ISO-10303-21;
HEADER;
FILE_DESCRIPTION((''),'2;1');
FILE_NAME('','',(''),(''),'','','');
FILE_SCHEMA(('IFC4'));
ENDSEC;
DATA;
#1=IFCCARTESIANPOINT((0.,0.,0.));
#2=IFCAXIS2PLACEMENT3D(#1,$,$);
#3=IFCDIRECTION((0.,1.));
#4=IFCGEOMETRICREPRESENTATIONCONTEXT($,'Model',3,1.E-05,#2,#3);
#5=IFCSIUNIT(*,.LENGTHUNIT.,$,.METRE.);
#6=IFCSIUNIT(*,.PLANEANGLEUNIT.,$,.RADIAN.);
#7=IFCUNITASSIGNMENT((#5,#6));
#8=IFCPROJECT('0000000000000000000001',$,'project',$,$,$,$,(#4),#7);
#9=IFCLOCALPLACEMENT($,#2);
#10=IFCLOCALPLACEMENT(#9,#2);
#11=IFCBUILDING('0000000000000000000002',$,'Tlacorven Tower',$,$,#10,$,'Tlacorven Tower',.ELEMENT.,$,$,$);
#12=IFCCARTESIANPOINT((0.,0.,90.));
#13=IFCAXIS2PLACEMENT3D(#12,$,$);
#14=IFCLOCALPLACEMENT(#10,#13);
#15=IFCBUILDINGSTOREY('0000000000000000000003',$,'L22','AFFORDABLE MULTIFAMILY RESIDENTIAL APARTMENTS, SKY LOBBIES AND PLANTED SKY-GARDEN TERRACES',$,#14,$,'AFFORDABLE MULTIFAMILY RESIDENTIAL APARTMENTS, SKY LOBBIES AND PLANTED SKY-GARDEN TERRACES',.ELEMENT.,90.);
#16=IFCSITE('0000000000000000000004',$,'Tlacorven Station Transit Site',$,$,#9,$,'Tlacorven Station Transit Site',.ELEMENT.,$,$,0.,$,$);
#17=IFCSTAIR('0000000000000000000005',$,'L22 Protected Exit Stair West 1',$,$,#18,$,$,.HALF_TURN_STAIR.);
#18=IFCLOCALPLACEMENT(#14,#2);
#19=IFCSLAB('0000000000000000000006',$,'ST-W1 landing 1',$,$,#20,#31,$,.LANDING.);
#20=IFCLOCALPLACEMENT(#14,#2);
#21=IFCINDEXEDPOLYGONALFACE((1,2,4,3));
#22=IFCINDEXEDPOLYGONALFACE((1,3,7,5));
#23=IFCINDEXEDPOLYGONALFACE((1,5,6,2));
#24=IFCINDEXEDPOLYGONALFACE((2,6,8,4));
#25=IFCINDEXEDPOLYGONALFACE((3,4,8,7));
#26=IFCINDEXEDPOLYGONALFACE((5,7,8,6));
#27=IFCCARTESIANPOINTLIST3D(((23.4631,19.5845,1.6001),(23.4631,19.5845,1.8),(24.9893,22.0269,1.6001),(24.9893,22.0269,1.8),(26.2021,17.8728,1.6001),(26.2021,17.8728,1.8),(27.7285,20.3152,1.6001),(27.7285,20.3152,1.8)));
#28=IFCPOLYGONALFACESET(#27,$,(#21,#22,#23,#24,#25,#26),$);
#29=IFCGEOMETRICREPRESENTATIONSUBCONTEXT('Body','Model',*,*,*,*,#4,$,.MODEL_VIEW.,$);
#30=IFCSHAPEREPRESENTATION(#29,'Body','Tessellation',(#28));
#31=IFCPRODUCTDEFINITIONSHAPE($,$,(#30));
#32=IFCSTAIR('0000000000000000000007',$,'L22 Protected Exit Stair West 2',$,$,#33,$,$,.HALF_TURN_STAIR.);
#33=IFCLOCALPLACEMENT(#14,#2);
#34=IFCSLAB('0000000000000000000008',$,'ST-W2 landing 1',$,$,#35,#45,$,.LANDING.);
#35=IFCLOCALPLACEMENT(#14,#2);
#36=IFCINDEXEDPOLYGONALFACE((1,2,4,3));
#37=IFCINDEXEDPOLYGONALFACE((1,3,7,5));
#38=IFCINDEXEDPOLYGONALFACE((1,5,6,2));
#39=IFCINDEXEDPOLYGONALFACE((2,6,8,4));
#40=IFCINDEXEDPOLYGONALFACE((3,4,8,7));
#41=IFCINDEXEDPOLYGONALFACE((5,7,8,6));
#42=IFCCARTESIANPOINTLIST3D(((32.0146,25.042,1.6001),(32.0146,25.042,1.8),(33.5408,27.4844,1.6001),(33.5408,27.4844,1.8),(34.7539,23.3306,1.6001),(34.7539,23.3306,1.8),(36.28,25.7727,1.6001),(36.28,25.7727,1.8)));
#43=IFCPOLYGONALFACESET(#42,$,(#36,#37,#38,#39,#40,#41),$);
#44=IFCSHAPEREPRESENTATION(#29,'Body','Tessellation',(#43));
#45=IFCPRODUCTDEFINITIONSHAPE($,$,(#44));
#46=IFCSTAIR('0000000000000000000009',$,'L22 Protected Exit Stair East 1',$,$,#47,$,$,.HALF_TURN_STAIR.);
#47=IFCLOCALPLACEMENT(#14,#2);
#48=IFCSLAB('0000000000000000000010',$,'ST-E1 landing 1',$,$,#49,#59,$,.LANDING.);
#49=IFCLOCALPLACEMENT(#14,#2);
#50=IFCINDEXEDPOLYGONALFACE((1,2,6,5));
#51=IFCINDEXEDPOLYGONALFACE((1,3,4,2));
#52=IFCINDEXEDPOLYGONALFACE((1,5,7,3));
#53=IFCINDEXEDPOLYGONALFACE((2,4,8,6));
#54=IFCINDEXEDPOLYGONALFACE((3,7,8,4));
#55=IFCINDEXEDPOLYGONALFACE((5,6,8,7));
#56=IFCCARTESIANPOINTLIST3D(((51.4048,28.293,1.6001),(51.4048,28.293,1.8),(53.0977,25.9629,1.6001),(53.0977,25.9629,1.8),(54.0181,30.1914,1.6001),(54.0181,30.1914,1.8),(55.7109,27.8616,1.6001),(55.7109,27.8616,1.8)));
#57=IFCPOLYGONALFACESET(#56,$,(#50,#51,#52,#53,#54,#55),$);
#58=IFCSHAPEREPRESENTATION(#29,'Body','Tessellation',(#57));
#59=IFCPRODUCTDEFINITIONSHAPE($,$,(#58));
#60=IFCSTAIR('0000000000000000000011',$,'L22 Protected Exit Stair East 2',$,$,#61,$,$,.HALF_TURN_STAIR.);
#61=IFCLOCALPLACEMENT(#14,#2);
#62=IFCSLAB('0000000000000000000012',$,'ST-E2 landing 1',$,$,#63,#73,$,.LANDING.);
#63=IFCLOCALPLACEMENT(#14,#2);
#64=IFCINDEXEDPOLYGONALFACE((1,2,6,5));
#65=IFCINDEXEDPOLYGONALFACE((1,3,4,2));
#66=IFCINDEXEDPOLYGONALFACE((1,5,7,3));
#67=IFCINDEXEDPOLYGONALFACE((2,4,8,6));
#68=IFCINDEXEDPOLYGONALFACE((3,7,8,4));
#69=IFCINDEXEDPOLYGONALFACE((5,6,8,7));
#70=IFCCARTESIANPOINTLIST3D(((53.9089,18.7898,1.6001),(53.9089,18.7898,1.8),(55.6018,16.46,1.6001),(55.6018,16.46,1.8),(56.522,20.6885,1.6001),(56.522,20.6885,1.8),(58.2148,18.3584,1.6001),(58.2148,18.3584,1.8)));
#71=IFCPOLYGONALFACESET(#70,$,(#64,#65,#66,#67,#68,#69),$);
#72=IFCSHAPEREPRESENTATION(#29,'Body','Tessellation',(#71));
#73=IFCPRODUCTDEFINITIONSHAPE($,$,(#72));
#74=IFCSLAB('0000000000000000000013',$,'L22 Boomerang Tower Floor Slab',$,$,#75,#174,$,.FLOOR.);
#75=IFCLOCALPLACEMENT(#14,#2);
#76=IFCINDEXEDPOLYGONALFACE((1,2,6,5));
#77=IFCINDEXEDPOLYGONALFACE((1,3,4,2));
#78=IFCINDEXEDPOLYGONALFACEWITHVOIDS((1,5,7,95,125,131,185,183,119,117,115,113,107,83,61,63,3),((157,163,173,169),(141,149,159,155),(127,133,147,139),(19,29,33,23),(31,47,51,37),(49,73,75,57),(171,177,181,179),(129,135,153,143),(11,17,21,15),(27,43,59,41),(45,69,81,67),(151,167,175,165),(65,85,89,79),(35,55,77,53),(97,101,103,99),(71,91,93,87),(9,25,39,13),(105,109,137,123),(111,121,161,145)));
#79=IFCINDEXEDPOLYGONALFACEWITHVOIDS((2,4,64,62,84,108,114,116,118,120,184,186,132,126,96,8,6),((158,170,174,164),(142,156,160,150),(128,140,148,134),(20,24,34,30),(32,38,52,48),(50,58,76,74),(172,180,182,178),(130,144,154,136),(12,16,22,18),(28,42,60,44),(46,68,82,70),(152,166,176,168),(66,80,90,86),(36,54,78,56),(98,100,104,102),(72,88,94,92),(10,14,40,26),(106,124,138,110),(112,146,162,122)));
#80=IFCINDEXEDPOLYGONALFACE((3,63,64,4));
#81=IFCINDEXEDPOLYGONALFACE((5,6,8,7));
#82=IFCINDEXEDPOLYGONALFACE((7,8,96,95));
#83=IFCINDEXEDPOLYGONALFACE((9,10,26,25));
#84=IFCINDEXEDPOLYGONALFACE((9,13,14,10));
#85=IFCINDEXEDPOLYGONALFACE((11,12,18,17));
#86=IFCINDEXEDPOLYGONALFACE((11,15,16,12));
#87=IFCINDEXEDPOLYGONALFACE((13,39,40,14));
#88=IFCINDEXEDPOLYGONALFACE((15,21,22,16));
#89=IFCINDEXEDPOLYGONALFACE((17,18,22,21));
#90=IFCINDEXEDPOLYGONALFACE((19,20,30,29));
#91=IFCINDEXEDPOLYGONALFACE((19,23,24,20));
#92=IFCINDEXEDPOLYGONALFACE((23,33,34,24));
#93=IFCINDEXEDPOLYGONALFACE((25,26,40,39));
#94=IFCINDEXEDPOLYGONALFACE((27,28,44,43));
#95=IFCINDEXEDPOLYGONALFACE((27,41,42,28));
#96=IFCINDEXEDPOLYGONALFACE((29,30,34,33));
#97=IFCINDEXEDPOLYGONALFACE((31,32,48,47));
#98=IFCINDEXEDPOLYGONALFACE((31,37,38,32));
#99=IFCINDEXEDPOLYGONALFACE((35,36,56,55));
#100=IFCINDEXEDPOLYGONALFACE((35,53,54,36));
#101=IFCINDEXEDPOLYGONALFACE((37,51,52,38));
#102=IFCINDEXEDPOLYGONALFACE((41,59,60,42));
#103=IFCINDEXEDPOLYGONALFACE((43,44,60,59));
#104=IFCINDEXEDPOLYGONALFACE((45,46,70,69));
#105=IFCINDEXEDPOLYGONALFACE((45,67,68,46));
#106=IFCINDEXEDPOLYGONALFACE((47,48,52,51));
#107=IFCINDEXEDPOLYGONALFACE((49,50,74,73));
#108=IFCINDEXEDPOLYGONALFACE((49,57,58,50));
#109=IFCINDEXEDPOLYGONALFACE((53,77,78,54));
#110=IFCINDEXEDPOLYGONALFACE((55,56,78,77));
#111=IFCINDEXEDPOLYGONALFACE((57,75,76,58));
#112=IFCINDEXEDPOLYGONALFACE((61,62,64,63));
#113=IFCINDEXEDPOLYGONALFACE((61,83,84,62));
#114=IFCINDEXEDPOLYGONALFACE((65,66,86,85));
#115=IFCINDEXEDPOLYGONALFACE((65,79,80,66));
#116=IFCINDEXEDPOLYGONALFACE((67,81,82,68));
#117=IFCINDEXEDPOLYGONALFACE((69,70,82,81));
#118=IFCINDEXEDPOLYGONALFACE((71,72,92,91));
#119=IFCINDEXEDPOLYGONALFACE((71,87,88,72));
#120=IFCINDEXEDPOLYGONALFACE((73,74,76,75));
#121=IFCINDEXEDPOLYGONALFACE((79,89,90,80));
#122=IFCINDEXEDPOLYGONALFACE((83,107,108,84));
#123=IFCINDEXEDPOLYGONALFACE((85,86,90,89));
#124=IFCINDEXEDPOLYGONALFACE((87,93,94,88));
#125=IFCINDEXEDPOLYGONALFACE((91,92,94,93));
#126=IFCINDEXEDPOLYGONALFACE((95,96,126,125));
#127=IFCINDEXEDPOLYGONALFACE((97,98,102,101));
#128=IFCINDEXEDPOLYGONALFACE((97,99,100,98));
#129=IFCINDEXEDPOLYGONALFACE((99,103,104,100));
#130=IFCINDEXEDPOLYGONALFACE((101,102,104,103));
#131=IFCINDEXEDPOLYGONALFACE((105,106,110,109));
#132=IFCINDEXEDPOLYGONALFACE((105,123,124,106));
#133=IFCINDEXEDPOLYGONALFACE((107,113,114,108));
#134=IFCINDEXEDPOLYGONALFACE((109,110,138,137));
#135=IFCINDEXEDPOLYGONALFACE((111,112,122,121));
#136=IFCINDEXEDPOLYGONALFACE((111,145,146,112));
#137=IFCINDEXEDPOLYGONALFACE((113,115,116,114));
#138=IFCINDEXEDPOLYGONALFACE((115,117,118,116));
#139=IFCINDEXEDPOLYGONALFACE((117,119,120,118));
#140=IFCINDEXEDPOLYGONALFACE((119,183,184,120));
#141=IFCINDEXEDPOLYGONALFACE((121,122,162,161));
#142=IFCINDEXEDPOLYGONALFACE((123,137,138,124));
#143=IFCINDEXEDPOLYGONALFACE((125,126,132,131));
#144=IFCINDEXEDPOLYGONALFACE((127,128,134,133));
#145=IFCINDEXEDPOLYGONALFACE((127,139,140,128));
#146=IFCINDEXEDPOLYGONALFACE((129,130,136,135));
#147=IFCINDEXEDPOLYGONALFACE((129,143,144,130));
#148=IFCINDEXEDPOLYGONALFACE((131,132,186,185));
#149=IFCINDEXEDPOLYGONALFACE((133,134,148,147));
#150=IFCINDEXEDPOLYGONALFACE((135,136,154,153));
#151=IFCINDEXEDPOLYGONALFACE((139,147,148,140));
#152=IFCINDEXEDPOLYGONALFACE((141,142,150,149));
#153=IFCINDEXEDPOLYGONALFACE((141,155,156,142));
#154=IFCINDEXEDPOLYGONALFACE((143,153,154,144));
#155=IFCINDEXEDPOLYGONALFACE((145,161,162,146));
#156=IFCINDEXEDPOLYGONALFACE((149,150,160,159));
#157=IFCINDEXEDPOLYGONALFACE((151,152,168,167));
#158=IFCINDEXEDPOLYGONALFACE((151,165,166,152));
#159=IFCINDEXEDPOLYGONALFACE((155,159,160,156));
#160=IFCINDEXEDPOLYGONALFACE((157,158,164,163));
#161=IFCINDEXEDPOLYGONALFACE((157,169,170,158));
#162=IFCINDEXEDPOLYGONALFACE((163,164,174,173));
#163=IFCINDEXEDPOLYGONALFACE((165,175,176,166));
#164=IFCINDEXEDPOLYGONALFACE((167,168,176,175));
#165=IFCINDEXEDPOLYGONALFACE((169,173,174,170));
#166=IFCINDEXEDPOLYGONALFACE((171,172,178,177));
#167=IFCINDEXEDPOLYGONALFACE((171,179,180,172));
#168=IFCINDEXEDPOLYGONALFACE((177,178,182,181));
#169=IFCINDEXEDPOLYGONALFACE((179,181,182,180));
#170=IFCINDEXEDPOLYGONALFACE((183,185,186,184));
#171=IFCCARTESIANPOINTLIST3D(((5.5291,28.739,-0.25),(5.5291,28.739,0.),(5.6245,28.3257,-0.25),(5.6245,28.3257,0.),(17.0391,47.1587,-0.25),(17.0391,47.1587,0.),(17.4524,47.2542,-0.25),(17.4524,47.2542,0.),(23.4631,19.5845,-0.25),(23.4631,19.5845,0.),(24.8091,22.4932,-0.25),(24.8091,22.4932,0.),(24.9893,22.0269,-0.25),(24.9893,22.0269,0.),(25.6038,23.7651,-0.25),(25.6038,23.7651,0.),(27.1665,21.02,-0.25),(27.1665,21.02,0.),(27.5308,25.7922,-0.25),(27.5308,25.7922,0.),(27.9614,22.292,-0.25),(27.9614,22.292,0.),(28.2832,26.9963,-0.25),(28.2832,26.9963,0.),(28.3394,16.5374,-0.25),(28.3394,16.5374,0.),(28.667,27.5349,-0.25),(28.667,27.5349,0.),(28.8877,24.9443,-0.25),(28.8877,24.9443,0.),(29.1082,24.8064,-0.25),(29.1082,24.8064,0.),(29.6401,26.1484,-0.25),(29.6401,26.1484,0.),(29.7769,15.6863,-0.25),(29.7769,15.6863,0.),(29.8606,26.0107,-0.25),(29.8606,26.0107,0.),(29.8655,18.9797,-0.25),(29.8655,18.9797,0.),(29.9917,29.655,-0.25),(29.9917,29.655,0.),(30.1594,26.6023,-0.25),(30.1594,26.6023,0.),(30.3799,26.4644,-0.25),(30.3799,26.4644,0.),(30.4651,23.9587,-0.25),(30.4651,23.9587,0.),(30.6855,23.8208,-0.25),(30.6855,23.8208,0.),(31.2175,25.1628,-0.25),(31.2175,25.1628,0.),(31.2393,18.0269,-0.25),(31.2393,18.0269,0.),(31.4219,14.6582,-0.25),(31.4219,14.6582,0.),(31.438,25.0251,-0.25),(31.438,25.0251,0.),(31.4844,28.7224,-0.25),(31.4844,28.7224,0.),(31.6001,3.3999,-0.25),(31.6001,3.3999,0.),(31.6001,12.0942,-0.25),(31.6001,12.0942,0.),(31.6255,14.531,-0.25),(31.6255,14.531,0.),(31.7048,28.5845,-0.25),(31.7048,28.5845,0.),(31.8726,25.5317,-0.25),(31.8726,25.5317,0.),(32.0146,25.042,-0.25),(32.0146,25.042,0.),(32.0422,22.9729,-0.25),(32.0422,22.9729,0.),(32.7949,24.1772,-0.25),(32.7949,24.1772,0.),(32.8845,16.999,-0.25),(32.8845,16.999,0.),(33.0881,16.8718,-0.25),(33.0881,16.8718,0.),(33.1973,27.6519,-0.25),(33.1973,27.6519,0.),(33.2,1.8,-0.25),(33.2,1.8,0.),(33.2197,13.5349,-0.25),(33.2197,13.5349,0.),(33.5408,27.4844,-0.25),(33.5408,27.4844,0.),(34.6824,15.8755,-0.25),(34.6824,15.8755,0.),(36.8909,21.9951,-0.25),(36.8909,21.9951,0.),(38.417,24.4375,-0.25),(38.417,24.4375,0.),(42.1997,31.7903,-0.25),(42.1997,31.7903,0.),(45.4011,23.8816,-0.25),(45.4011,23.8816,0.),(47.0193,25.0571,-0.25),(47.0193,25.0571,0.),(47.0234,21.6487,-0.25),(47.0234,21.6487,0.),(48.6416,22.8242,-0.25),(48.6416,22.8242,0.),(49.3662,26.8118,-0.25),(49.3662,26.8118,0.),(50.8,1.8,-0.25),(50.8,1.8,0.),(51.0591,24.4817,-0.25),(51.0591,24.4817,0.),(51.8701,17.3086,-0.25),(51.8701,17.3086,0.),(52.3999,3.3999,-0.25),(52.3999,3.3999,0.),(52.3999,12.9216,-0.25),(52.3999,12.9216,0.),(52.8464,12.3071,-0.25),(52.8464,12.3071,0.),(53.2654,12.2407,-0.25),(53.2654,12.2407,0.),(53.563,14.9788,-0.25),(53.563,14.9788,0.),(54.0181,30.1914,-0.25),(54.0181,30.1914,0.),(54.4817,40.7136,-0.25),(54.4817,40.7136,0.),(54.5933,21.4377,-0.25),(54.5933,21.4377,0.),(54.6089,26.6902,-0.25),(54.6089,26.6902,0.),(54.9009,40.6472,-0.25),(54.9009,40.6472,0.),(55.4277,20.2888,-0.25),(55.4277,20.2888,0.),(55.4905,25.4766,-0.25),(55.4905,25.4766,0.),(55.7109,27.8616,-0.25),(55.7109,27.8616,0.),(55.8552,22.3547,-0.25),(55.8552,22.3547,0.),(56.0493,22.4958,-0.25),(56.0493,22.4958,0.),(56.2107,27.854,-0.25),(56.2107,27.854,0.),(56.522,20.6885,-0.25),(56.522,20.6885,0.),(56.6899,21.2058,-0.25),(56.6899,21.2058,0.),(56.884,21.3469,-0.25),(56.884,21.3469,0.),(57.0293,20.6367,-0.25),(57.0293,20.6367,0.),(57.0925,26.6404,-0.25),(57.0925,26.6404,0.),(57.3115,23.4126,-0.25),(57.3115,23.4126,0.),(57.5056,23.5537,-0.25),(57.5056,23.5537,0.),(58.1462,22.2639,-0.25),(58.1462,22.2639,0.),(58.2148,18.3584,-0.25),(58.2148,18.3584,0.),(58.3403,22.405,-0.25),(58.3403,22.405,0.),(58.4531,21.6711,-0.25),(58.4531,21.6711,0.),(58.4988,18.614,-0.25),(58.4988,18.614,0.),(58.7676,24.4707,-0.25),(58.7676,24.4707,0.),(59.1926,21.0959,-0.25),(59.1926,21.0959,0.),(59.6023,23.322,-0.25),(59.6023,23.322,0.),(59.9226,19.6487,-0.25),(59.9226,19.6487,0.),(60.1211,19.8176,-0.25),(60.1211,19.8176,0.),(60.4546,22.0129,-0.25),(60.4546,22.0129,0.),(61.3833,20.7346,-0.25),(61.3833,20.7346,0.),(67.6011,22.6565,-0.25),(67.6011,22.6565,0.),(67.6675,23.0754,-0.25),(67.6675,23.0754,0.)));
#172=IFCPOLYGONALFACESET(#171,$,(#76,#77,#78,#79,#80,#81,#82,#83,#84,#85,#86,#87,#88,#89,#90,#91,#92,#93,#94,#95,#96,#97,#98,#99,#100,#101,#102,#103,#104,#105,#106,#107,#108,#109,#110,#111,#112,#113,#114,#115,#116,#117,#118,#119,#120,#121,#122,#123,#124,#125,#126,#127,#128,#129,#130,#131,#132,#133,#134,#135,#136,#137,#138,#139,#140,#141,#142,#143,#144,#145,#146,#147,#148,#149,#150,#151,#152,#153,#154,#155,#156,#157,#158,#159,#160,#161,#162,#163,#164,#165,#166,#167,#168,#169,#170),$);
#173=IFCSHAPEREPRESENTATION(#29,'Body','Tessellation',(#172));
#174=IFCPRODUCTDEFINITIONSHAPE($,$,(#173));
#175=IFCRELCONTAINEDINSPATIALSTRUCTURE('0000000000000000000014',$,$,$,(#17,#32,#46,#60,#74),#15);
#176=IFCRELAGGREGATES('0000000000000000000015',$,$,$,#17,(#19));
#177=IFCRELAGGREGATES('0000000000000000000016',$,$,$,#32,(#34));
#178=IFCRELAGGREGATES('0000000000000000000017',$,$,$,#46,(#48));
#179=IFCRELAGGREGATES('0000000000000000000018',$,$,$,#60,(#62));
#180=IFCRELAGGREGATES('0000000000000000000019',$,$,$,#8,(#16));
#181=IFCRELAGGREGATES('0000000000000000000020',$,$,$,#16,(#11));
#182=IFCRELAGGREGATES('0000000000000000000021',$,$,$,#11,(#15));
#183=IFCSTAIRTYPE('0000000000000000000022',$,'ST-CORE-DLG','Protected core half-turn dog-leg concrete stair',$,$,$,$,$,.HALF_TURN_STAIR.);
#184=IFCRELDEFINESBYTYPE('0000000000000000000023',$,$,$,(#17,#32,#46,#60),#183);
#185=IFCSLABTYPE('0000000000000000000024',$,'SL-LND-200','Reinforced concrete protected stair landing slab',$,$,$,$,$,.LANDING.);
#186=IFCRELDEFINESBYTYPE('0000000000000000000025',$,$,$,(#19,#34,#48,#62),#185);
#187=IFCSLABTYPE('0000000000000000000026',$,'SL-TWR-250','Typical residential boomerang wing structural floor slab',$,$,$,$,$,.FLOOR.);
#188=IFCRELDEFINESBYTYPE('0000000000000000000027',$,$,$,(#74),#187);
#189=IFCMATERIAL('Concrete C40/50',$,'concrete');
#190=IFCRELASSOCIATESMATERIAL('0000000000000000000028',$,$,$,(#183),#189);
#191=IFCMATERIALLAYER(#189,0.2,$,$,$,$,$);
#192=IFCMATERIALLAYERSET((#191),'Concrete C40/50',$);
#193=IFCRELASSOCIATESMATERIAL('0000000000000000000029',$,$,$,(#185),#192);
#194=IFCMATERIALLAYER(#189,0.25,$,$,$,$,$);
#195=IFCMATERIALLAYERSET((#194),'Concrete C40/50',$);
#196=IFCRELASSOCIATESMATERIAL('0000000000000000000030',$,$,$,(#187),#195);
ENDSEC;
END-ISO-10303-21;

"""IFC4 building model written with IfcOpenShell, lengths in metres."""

from ifc_helpers import new_model, si_unit, direction, frame, origin, place, context, subcontext, project, spatial, polyline, outline, extrude, material, layer, layer_set, type_object, element, aggregate, save


model = new_model("IFC4")

# Units and contexts
model_context = context("Model", 3, precision=1e-05, world=origin(), true_north=direction((0.0, 1.0)))
body_context = subcontext(model_context, "Body", "Model", "MODEL_VIEW")
ifc_project = project(units=[si_unit("LENGTHUNIT", "METRE"), si_unit("PLANEANGLEUNIT", "RADIAN")], contexts=[model_context])

# Site, building, storey
site_placement = place(None, origin())
site = spatial("IfcSite", under=ifc_project, at=site_placement, Name="Tlacorven Station Transit Site", LongName="Tlacorven Station Transit Site", CompositionType="ELEMENT", RefElevation=0.0)
building_placement = place(site_placement, origin())
building = spatial("IfcBuilding", under=site, at=building_placement, Name="Tlacorven Tower", LongName="Tlacorven Tower", CompositionType="ELEMENT")
storey_placement = place(building_placement, frame((0.0, 0.0, 90.0)))
storey = spatial("IfcBuildingStorey", under=building, at=storey_placement, Name="L22", Description="AFFORDABLE MULTIFAMILY RESIDENTIAL APARTMENTS, SKY LOBBIES AND PLANTED SKY-GARDEN TERRACES", LongName="AFFORDABLE MULTIFAMILY RESIDENTIAL APARTMENTS, SKY LOBBIES AND PLANTED SKY-GARDEN TERRACES", CompositionType="ELEMENT", Elevation=90.0)

# Stairs, slabs
ifc_material_1 = material(Name="Concrete C40/50", Category="concrete")
stair_type = type_object("IfcStairType", Name="ST-CORE-DLG", Description="Protected core half-turn dog-leg concrete stair", PredefinedType="HALF_TURN_STAIR", material=ifc_material_1)
stair_1_placement = place(storey_placement, origin())
stair_1 = element("IfcStair", 1, at=stair_1_placement, inside=storey, type_object=stair_type, Name="L22 Protected Exit Stair West 1", PredefinedType="HALF_TURN_STAIR")
ifc_layer_1 = layer(ifc_material_1, 0.2)
ifc_layer_set_1 = layer_set([ifc_layer_1], Name="Concrete C40/50")
slab_type_1 = type_object("IfcSlabType", Name="SL-LND-200", Description="Reinforced concrete protected stair landing slab", PredefinedType="LANDING", material=ifc_layer_set_1)
slab_1_placement = place(storey_placement, frame((0.0, 0.0, 1.6001)))
slab_1 = element("IfcSlab", 2, at=slab_1_placement, type_object=slab_type_1, Name="ST-W1 landing 1", PredefinedType="LANDING", context=body_context, shape_type="SweptSolid", body=[
    extrude(outline(polyline([(27.7285, 20.3152), (24.9893, 22.0269), (23.4631, 19.5845), (26.2021, 17.8728), (27.7285, 20.3152)])), origin(), (0.0, 0.0, 1.0), 0.2),
])
aggregate(stair_1, [slab_1])
stair_2_placement = place(storey_placement, origin())
stair_2 = element("IfcStair", 3, at=stair_2_placement, inside=storey, type_object=stair_type, Name="L22 Protected Exit Stair West 2", PredefinedType="HALF_TURN_STAIR")
slab_2_placement = place(storey_placement, frame((0.0, 0.0, 1.6001)))
slab_2 = element("IfcSlab", 4, at=slab_2_placement, type_object=slab_type_1, Name="ST-W2 landing 1", PredefinedType="LANDING", context=body_context, shape_type="SweptSolid", body=[
    extrude(outline(polyline([(36.28, 25.7727), (33.5408, 27.4844), (32.0146, 25.042), (34.7539, 23.3306), (36.28, 25.7727)])), origin(), (0.0, 0.0, 1.0), 0.2),
])
aggregate(stair_2, [slab_2])
stair_3_placement = place(storey_placement, origin())
stair_3 = element("IfcStair", 5, at=stair_3_placement, inside=storey, type_object=stair_type, Name="L22 Protected Exit Stair East 1", PredefinedType="HALF_TURN_STAIR")
slab_3_placement = place(storey_placement, frame((0.0, 0.0, 1.6001)))
slab_3 = element("IfcSlab", 6, at=slab_3_placement, type_object=slab_type_1, Name="ST-E1 landing 1", PredefinedType="LANDING", context=body_context, shape_type="SweptSolid", body=[
    extrude(outline(polyline([(53.0977, 25.9629), (55.7109, 27.8616), (54.0181, 30.1914), (51.4048, 28.293), (53.0977, 25.9629)])), origin(), (0.0, 0.0, 1.0), 0.2),
])
aggregate(stair_3, [slab_3])
stair_4_placement = place(storey_placement, origin())
stair_4 = element("IfcStair", 7, at=stair_4_placement, inside=storey, type_object=stair_type, Name="L22 Protected Exit Stair East 2", PredefinedType="HALF_TURN_STAIR")
slab_4_placement = place(storey_placement, frame((0.0, 0.0, 1.6001)))
slab_4 = element("IfcSlab", 8, at=slab_4_placement, type_object=slab_type_1, Name="ST-E2 landing 1", PredefinedType="LANDING", context=body_context, shape_type="SweptSolid", body=[
    extrude(outline(polyline([(55.6018, 16.46), (58.2148, 18.3584), (56.522, 20.6885), (53.9089, 18.7898), (55.6018, 16.46)])), origin(), (0.0, 0.0, 1.0), 0.2),
])
aggregate(stair_4, [slab_4])

# Slab
ifc_layer_2 = layer(ifc_material_1, 0.25)
ifc_layer_set_2 = layer_set([ifc_layer_2], Name="Concrete C40/50")
slab_type_2 = type_object("IfcSlabType", Name="SL-TWR-250", Description="Typical residential boomerang wing structural floor slab", PredefinedType="FLOOR", material=ifc_layer_set_2)
slab_5_placement = place(storey_placement, frame((0.0, 0.0, -0.25)))
element("IfcSlab", 9, at=slab_5_placement, inside=storey, type_object=slab_type_2, Name="L22 Boomerang Tower Floor Slab", PredefinedType="FLOOR", context=body_context, shape_type="SweptSolid", body=[
    extrude(outline(polyline([(52.3999, 3.3999), (50.8, 1.8), (33.2, 1.8), (31.6001, 3.3999), (31.6001, 12.0942), (5.6245, 28.3257), (5.5291, 28.739), (17.0391, 47.1587), (17.4524, 47.2542), (42.1997, 31.7903), (54.4817, 40.7136), (54.9009, 40.6472), (67.6675, 23.0754), (67.6011, 22.6565), (53.2654, 12.2407), (52.8464, 12.3071), (52.3999, 12.9216), (52.3999, 3.3999)]), holes=[polyline([(29.8655, 18.9797), (24.9893, 22.0269), (23.4631, 19.5845), (28.3394, 16.5374), (29.8655, 18.9797)]), polyline([(38.417, 24.4375), (33.5408, 27.4844), (32.0146, 25.042), (36.8909, 21.9951), (38.417, 24.4375)]), polyline([(51.0591, 24.4817), (55.7109, 27.8616), (54.0181, 30.1914), (49.3662, 26.8118), (51.0591, 24.4817)]), polyline([(53.563, 14.9788), (58.2148, 18.3584), (56.522, 20.6885), (51.8701, 17.3086), (53.563, 14.9788)]), polyline([(34.6824, 15.8755), (33.0881, 16.8718), (31.6255, 14.531), (33.2197, 13.5349), (34.6824, 15.8755)]), polyline([(32.8845, 16.999), (31.2393, 18.0269), (29.7769, 15.6863), (31.4219, 14.6582), (32.8845, 16.999)]), polyline([(47.0234, 21.6487), (48.6416, 22.8242), (47.0193, 25.0571), (45.4011, 23.8816), (47.0234, 21.6487)]), polyline([(33.1973, 27.6519), (31.7048, 28.5845), (30.3799, 26.4644), (31.8726, 25.5317), (33.1973, 27.6519)]), polyline([(31.4844, 28.7224), (29.9917, 29.655), (28.667, 27.5349), (30.1594, 26.6023), (31.4844, 28.7224)]), polyline([(32.7949, 24.1772), (31.438, 25.0251), (30.6855, 23.8208), (32.0422, 22.9729), (32.7949, 24.1772)]), polyline([(31.2175, 25.1628), (29.8606, 26.0107), (29.1082, 24.8064), (30.4651, 23.9587), (31.2175, 25.1628)]), polyline([(29.6401, 26.1484), (28.2832, 26.9963), (27.5308, 25.7922), (28.8877, 24.9443), (29.6401, 26.1484)]), polyline([(55.4277, 20.2888), (56.6899, 21.2058), (55.8552, 22.3547), (54.5933, 21.4377), (55.4277, 20.2888)]), polyline([(56.884, 21.3469), (58.1462, 22.2639), (57.3115, 23.4126), (56.0493, 22.4958), (56.884, 21.3469)]), polyline([(58.3403, 22.405), (59.6023, 23.322), (58.7676, 24.4707), (57.5056, 23.5537), (58.3403, 22.405)]), polyline([(58.4988, 18.614), (59.9226, 19.6487), (58.4531, 21.6711), (57.0293, 20.6367), (58.4988, 18.614)]), polyline([(27.9614, 22.292), (25.6038, 23.7651), (24.8091, 22.4932), (27.1665, 21.02), (27.9614, 22.292)]), polyline([(55.4905, 25.4766), (57.0925, 26.6404), (56.2107, 27.854), (54.6089, 26.6902), (55.4905, 25.4766)]), polyline([(60.1211, 19.8176), (61.3833, 20.7346), (60.4546, 22.0129), (59.1926, 21.0959), (60.1211, 19.8176)])]), origin(), (0.0, 0.0, 1.0), 0.25),
])

save(model, "model.ifc")
